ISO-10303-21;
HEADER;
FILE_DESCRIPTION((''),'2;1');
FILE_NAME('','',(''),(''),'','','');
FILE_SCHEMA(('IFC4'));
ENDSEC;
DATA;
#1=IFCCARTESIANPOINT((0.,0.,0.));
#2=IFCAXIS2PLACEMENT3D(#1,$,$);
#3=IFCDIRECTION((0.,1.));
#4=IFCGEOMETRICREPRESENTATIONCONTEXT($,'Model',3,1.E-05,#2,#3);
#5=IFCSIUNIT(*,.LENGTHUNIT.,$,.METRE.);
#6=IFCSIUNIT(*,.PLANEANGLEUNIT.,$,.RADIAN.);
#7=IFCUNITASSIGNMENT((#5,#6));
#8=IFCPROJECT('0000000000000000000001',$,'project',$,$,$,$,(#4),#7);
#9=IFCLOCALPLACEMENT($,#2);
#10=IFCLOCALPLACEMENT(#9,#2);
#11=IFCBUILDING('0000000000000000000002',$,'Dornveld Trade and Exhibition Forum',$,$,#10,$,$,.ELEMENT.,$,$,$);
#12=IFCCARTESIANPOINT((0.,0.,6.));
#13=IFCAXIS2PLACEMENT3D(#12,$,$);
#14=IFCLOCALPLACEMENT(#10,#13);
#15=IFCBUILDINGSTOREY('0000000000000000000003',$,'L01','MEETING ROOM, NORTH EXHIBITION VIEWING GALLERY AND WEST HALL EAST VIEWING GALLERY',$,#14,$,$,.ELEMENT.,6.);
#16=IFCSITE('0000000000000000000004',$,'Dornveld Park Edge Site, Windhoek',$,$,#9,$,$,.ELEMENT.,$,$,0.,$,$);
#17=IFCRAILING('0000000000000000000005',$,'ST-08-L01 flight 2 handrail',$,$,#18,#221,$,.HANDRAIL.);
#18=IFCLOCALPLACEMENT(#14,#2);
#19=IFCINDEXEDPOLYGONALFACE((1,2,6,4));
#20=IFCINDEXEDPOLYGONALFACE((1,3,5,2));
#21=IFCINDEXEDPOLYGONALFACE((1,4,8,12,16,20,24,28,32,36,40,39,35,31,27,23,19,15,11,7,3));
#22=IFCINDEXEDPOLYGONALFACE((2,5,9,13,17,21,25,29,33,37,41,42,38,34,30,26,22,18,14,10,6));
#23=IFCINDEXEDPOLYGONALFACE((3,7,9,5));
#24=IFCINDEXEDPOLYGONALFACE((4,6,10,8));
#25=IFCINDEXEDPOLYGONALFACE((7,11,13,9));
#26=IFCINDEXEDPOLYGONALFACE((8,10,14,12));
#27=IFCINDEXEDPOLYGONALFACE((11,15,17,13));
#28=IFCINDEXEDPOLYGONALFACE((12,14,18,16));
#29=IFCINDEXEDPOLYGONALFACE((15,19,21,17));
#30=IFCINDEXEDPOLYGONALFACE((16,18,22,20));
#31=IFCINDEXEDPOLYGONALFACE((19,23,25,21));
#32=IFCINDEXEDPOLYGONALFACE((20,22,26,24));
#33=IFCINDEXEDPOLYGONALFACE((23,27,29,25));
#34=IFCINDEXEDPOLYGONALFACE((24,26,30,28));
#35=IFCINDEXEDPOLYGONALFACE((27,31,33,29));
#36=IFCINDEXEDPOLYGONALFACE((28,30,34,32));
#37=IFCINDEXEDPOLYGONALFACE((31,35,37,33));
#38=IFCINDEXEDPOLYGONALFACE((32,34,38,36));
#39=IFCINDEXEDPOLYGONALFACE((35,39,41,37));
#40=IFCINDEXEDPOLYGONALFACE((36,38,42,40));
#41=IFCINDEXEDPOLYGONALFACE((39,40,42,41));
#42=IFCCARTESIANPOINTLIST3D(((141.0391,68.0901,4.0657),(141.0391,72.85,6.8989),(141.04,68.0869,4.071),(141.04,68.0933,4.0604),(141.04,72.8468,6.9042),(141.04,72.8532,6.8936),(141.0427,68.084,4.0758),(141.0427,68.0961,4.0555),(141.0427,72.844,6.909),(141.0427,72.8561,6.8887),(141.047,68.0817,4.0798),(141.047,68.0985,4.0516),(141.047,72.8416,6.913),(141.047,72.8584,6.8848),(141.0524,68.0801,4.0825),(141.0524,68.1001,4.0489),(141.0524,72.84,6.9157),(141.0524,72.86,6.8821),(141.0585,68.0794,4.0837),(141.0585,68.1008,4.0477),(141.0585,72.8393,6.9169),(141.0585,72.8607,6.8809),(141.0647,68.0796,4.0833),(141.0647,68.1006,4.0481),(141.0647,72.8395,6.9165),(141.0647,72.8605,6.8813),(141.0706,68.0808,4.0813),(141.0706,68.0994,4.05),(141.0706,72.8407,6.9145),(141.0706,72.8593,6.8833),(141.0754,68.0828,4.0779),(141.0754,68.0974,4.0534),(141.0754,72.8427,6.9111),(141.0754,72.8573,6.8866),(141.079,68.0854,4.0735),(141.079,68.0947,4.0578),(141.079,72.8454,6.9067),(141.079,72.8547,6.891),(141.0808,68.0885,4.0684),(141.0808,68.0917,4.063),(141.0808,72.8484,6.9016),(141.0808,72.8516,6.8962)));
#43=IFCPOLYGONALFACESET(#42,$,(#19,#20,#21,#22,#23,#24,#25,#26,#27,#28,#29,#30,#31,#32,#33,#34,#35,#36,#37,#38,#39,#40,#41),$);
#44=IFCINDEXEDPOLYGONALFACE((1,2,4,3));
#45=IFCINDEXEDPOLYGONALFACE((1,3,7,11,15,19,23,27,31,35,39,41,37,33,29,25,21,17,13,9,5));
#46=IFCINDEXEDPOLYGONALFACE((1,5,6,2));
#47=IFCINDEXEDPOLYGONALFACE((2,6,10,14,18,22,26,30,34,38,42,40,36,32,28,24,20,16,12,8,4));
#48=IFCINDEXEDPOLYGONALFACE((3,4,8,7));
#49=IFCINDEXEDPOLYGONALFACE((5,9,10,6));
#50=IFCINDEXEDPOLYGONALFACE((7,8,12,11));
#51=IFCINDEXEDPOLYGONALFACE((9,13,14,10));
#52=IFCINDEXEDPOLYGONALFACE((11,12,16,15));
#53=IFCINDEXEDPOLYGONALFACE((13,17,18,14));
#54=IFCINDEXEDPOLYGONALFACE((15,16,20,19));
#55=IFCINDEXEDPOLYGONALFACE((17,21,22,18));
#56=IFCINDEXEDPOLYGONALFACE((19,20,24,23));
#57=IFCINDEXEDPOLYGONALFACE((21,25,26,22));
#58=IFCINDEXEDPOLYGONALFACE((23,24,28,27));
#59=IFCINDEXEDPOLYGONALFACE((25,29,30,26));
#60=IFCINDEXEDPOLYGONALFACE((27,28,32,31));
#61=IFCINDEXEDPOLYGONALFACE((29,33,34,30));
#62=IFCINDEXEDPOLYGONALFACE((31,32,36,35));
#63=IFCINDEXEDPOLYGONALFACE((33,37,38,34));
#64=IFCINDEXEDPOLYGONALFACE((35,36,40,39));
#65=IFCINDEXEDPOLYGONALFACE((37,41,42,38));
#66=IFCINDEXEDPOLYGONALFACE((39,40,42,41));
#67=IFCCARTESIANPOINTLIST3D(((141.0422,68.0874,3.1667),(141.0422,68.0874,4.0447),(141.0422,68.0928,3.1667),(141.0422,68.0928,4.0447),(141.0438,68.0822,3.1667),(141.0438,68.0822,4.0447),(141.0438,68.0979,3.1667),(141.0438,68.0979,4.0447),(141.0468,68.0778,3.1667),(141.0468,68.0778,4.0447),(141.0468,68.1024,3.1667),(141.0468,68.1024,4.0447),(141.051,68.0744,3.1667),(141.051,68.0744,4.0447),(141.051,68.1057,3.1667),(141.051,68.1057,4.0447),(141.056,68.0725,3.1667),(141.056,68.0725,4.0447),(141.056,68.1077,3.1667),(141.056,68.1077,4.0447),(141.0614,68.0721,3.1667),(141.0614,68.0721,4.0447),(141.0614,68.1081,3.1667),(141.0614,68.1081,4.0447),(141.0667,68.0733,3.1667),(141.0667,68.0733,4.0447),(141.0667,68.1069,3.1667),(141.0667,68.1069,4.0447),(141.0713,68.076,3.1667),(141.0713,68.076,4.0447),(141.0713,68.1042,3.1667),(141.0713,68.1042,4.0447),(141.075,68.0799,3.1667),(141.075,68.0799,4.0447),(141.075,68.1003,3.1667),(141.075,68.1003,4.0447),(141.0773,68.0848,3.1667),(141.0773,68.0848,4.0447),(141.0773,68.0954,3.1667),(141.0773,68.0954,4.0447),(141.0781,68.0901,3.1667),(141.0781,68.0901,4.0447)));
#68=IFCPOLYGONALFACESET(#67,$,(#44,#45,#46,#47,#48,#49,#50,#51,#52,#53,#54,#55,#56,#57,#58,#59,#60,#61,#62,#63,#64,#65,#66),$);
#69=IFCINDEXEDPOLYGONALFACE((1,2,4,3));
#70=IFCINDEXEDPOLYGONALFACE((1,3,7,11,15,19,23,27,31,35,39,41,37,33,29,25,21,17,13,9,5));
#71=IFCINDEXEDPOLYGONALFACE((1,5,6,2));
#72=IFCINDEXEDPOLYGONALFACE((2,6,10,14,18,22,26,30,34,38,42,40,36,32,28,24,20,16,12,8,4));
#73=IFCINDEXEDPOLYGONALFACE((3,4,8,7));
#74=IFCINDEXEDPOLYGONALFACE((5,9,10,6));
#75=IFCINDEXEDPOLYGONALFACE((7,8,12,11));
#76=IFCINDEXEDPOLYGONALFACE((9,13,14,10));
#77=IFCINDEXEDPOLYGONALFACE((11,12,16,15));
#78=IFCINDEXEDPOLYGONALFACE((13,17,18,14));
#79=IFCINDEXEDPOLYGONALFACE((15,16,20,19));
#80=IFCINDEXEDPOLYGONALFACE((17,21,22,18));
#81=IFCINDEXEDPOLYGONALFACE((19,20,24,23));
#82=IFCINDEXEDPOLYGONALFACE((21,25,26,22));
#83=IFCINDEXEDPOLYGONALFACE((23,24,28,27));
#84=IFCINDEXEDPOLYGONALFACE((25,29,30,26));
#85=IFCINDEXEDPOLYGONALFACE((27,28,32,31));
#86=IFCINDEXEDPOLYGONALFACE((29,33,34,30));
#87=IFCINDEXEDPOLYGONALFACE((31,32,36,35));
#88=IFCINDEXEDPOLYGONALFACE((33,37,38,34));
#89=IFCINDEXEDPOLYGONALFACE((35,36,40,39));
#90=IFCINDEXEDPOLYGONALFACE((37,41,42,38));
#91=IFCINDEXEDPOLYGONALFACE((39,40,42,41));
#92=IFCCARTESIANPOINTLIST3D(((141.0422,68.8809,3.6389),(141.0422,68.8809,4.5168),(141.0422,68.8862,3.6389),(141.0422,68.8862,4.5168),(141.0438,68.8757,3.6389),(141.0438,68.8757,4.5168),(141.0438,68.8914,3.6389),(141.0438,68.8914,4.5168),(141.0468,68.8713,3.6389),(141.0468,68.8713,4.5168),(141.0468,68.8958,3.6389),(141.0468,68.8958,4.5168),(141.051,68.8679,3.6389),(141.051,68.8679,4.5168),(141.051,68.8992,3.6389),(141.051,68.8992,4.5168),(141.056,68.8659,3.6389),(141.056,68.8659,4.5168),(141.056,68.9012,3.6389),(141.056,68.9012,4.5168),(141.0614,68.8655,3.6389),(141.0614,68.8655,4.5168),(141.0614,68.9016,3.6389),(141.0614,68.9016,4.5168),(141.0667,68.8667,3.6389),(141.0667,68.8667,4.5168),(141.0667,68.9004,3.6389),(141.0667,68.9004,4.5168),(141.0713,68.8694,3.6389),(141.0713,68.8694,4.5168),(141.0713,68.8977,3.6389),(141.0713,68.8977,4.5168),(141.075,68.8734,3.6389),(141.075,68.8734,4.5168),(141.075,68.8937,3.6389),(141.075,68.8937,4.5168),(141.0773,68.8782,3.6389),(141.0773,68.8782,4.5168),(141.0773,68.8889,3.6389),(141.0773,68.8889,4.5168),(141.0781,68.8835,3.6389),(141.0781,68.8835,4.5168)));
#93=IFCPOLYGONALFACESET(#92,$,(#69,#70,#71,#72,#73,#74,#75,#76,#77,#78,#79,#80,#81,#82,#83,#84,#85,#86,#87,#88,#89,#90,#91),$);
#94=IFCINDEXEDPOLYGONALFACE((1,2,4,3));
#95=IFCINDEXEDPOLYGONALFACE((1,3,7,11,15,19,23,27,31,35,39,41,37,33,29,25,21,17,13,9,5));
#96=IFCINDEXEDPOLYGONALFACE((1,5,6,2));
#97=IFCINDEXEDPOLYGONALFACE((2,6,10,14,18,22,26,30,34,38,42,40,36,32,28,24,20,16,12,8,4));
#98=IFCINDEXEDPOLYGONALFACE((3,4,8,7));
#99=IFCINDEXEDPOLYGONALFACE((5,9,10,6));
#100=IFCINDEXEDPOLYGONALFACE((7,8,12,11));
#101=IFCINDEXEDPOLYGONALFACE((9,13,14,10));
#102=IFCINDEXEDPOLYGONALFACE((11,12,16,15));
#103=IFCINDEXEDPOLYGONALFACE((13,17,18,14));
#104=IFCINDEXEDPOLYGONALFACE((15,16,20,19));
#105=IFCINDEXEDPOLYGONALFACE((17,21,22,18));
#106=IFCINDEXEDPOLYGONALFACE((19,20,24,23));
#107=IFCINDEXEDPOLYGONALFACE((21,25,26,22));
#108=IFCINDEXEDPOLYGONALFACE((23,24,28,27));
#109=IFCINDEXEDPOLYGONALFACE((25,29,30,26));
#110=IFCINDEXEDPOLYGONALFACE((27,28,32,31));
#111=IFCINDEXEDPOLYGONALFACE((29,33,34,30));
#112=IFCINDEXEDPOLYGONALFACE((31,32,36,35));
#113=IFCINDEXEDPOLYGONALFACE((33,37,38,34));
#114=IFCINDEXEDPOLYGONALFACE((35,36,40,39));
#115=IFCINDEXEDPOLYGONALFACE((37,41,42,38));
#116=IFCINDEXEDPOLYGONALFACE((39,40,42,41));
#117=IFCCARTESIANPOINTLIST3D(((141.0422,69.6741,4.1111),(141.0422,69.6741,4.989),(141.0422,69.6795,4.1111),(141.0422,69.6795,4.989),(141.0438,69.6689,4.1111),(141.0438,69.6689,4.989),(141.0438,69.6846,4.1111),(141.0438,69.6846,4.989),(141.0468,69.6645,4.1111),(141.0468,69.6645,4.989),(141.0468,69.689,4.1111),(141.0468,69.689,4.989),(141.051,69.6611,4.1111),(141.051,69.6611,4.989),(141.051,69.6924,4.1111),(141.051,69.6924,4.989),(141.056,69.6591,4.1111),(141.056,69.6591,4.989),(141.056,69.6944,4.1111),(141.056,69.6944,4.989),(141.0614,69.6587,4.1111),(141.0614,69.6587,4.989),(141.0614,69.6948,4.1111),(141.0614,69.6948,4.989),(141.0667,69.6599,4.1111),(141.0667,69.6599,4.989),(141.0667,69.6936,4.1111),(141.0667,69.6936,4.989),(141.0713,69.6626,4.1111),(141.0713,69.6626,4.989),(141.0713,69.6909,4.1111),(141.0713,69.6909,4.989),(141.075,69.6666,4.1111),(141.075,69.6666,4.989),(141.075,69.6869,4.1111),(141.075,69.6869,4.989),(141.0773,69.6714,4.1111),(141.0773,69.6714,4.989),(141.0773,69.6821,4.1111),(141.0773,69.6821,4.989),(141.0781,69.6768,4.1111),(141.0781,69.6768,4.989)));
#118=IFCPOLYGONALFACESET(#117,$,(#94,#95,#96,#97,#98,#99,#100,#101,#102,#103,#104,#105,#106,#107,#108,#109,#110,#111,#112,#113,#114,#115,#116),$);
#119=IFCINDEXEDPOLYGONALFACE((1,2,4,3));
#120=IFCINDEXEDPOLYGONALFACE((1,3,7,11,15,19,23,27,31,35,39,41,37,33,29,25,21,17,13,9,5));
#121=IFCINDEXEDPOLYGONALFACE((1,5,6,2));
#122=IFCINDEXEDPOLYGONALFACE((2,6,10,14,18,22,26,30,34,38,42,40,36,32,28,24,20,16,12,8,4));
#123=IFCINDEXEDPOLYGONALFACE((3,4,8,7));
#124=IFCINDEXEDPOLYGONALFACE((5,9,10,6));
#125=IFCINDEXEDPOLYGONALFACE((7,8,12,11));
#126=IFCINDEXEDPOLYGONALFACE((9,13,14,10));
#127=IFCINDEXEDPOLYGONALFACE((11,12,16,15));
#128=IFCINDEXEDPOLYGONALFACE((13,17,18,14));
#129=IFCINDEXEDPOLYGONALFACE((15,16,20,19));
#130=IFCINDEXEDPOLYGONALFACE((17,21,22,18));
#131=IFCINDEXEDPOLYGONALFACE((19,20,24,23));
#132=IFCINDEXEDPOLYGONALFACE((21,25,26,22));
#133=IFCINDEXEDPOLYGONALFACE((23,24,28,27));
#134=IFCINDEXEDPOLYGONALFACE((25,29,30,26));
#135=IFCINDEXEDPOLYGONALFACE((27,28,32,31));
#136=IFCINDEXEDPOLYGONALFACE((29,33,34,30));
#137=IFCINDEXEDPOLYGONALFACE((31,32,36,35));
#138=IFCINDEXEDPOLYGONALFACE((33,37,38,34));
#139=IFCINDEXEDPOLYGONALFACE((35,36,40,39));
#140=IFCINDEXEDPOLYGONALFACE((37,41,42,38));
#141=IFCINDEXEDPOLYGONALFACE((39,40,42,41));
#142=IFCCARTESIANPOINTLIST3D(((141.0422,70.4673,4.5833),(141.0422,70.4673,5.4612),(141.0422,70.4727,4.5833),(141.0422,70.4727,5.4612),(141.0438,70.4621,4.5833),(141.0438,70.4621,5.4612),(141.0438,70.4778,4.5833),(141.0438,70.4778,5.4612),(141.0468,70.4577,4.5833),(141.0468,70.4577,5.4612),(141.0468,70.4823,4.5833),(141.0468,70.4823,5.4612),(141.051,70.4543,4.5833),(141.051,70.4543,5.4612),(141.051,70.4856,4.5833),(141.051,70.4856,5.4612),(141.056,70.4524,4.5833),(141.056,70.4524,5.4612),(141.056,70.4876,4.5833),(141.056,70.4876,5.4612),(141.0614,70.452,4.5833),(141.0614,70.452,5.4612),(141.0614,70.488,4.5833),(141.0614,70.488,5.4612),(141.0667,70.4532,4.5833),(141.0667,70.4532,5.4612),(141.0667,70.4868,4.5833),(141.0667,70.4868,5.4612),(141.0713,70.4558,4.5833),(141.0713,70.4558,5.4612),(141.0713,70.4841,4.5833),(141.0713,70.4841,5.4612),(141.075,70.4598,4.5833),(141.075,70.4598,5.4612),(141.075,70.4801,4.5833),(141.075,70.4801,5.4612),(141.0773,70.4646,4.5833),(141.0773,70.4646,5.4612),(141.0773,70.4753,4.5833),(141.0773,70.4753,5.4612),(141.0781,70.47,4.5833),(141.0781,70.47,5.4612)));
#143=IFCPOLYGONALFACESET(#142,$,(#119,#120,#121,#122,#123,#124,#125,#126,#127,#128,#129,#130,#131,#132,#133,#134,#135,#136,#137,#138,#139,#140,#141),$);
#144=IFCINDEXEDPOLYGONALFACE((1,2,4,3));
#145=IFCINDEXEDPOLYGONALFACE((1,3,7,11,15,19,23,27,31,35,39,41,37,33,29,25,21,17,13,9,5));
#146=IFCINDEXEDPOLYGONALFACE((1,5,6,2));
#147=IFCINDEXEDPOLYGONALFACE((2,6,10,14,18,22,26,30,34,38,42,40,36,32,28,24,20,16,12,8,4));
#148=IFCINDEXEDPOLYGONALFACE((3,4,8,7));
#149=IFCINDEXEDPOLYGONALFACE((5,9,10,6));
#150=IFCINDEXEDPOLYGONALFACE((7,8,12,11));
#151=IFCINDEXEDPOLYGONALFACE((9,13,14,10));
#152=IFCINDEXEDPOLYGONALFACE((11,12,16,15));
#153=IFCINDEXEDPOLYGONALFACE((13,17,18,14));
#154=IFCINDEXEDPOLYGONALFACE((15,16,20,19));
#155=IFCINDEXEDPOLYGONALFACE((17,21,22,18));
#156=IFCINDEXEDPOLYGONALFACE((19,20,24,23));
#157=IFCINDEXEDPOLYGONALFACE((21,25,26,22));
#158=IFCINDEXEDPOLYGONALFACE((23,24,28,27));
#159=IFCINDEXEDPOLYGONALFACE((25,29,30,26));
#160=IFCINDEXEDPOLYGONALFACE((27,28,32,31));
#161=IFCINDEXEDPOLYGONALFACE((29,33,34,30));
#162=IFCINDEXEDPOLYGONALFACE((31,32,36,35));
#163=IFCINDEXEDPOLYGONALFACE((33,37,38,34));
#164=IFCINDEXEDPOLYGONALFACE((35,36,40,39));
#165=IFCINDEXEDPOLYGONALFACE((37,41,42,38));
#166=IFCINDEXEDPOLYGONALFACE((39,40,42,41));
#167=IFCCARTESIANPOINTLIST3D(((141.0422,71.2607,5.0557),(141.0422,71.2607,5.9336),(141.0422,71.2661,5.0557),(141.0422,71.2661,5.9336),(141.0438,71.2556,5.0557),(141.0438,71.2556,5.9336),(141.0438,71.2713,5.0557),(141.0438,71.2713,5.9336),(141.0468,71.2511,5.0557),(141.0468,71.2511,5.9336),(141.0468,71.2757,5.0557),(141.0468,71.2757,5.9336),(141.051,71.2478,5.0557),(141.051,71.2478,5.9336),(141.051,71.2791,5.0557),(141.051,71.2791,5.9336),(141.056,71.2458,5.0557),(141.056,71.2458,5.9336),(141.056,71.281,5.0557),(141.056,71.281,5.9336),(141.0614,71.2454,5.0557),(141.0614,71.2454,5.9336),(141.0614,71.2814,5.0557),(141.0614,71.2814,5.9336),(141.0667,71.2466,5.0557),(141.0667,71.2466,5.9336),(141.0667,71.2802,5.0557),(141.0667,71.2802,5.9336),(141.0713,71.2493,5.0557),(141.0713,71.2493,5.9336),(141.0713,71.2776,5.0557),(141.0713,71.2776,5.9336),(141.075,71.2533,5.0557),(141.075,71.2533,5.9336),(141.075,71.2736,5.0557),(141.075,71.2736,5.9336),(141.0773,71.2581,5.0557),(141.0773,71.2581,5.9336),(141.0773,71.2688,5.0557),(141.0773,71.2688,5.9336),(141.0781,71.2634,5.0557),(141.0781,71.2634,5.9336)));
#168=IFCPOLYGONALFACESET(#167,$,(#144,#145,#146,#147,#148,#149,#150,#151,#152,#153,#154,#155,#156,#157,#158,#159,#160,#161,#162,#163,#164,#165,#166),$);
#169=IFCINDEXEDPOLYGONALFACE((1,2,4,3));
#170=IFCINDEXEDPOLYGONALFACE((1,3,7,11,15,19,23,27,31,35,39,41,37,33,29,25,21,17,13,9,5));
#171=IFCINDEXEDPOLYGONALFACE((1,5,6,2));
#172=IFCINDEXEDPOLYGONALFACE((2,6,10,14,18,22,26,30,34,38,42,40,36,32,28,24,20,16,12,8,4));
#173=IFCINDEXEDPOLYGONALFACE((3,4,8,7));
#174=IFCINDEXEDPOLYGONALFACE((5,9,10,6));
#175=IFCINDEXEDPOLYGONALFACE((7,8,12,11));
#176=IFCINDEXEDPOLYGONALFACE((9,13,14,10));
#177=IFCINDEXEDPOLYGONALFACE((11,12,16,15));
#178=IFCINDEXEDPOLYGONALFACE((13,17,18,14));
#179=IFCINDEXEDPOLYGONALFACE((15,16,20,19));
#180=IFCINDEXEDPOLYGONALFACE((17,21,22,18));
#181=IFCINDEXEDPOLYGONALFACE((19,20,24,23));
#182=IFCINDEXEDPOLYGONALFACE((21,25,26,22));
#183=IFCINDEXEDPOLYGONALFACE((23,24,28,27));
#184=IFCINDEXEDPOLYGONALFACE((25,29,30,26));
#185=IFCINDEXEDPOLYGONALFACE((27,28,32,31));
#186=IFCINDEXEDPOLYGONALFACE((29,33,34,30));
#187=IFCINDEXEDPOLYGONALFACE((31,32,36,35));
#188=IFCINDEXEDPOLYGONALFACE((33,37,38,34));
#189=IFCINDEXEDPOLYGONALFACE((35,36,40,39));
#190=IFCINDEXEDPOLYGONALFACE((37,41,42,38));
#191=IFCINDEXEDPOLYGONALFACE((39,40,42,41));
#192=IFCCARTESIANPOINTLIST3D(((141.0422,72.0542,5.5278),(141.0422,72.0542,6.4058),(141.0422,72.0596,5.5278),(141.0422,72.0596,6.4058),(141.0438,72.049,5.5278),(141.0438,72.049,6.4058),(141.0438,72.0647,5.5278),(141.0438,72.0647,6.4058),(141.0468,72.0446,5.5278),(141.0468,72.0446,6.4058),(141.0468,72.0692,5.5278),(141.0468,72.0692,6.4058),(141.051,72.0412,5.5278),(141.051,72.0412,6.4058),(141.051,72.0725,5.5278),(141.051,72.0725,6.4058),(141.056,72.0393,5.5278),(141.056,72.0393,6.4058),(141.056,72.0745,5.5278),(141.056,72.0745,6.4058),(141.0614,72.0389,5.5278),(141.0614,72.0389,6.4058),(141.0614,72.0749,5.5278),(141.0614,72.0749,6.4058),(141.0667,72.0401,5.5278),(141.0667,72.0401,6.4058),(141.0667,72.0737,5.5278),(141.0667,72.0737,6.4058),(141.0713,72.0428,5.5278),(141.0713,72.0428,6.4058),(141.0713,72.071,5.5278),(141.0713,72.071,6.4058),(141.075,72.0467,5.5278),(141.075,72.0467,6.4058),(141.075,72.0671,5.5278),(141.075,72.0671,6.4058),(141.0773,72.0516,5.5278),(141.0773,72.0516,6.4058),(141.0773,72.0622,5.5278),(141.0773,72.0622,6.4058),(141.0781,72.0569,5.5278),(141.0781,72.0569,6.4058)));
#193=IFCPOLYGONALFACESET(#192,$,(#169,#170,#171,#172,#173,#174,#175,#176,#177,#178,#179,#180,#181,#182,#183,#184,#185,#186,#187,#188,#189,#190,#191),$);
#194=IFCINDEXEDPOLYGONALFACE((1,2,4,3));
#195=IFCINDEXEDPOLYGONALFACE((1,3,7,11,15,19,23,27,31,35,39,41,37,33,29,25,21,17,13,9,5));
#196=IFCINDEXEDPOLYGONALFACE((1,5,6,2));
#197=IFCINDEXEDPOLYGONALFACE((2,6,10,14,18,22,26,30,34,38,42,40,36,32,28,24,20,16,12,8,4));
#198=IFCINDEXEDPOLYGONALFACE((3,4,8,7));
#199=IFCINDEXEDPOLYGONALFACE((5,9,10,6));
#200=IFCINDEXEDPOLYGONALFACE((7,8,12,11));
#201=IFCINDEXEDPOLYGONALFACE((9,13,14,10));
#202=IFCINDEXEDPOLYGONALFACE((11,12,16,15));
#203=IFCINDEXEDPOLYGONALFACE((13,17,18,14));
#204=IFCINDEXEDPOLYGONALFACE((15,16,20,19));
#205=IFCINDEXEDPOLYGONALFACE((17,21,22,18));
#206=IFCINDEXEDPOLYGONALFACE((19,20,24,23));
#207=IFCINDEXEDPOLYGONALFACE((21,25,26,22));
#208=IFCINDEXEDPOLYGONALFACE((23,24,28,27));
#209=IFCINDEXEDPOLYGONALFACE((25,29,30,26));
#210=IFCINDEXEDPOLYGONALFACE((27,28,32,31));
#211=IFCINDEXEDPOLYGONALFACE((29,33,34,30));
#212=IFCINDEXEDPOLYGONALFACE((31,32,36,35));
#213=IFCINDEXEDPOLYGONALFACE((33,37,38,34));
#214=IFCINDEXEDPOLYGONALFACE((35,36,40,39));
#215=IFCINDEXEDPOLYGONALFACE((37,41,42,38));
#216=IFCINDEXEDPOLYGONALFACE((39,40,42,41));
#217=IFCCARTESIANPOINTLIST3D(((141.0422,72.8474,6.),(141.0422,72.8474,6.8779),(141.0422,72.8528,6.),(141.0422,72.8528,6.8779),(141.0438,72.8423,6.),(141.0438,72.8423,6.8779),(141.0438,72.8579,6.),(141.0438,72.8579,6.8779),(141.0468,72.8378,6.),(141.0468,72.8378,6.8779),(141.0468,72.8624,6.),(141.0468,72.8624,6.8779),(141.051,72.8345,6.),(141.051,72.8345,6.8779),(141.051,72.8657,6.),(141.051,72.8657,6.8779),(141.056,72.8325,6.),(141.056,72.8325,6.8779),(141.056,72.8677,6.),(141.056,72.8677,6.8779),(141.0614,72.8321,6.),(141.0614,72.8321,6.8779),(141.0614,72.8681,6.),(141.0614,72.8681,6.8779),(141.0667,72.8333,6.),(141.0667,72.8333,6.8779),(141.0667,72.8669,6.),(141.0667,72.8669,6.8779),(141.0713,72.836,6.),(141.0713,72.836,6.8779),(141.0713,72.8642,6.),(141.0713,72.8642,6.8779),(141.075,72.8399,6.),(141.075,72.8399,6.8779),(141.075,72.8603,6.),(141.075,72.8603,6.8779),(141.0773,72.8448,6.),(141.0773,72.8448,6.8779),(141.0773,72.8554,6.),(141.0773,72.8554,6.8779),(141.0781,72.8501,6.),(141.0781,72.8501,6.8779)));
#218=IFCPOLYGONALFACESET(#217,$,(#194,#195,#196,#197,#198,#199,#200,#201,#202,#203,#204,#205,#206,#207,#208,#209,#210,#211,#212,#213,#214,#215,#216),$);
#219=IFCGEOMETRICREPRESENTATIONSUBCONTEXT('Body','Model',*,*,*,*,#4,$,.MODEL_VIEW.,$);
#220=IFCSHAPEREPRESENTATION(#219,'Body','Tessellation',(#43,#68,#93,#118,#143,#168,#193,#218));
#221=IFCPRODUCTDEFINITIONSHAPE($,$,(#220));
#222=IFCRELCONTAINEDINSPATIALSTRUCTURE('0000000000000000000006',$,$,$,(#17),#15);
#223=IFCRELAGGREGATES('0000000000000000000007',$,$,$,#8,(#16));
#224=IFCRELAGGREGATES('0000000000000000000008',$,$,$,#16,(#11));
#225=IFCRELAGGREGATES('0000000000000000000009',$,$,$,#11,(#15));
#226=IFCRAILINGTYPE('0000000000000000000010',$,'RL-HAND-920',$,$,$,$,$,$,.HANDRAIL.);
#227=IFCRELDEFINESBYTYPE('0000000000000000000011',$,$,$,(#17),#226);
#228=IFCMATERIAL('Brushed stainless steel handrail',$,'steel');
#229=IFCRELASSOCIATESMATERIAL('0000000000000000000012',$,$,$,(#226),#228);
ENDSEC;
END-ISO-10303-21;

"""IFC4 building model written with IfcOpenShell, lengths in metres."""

from ifc_helpers import new_model, si_unit, direction, frame, origin, origin_2d, place, context, subcontext, project, spatial, circle, extrude, material, type_object, element, save


model = new_model("IFC4")

# Units and contexts
model_context = context("Model", 3, precision=1e-05, world=origin(), true_north=direction((0.0, 1.0)))
body_context = subcontext(model_context, "Body", "Model", "MODEL_VIEW")
ifc_project = project(units=[si_unit("LENGTHUNIT", "METRE"), si_unit("PLANEANGLEUNIT", "RADIAN")], contexts=[model_context])

# Site, building, storey
site_placement = place(None, origin())
site = spatial("IfcSite", under=ifc_project, at=site_placement, Name="Dornveld Park Edge Site, Windhoek", CompositionType="ELEMENT", RefElevation=0.0)
building_placement = place(site_placement, origin())
building = spatial("IfcBuilding", under=site, at=building_placement, Name="Dornveld Trade and Exhibition Forum", CompositionType="ELEMENT")
storey_placement = place(building_placement, frame((0.0, 0.0, 6.0)))
storey = spatial("IfcBuildingStorey", under=building, at=storey_placement, Name="L01", Description="MEETING ROOM, NORTH EXHIBITION VIEWING GALLERY AND WEST HALL EAST VIEWING GALLERY", CompositionType="ELEMENT", Elevation=6.0)

# Railing
ifc_material_1 = material(Name="Brushed stainless steel handrail", Category="steel")
railing_type_1 = type_object("IfcRailingType", Name="RL-HAND-920", PredefinedType="HANDRAIL", material=ifc_material_1)
railing_1_placement = place(storey_placement, frame((141.0601, 68.0901, 3.1667)))
element("IfcRailing", 1, at=railing_1_placement, inside=storey, type_object=railing_type_1, Name="ST-08-L01 flight 2 handrail", PredefinedType="HANDRAIL", context=body_context, shape_type="SweptSolid", body=[
    extrude(circle(Radius=0.021, at=origin_2d()), frame((0.0, 0.0, 0.8989), z_axis=(0.0, 0.8593, 0.511472), x_axis=(-1.0, 0.0, 0.0)), (0.0, 0.0, 1.0), 5.5393),
    extrude(circle(Radius=0.0181, at=origin_2d()), origin(), (0.0, 0.0, 1.0), 0.8779),
    extrude(circle(Radius=0.0181, at=origin_2d()), frame((0.0, 0.7935, 0.4722)), (0.0, 0.0, 1.0), 0.8779),
    extrude(circle(Radius=0.0181, at=origin_2d()), frame((0.0, 1.5867, 0.9443)), (0.0, 0.0, 1.0), 0.8779),
    extrude(circle(Radius=0.0181, at=origin_2d()), frame((0.0, 2.3799, 1.4165)), (0.0, 0.0, 1.0), 0.8779),
    extrude(circle(Radius=0.0181, at=origin_2d()), frame((0.0, 3.1733, 1.8889)), (0.0, 0.0, 1.0), 0.8779),
    extrude(circle(Radius=0.0181, at=origin_2d()), frame((0.0, 3.9668, 2.3611)), (0.0, 0.0, 1.0), 0.8779),
    extrude(circle(Radius=0.0181, at=origin_2d()), frame((0.0, 4.76, 2.8333)), (0.0, 0.0, 1.0), 0.8779),
])

save(model, "model.ifc")
